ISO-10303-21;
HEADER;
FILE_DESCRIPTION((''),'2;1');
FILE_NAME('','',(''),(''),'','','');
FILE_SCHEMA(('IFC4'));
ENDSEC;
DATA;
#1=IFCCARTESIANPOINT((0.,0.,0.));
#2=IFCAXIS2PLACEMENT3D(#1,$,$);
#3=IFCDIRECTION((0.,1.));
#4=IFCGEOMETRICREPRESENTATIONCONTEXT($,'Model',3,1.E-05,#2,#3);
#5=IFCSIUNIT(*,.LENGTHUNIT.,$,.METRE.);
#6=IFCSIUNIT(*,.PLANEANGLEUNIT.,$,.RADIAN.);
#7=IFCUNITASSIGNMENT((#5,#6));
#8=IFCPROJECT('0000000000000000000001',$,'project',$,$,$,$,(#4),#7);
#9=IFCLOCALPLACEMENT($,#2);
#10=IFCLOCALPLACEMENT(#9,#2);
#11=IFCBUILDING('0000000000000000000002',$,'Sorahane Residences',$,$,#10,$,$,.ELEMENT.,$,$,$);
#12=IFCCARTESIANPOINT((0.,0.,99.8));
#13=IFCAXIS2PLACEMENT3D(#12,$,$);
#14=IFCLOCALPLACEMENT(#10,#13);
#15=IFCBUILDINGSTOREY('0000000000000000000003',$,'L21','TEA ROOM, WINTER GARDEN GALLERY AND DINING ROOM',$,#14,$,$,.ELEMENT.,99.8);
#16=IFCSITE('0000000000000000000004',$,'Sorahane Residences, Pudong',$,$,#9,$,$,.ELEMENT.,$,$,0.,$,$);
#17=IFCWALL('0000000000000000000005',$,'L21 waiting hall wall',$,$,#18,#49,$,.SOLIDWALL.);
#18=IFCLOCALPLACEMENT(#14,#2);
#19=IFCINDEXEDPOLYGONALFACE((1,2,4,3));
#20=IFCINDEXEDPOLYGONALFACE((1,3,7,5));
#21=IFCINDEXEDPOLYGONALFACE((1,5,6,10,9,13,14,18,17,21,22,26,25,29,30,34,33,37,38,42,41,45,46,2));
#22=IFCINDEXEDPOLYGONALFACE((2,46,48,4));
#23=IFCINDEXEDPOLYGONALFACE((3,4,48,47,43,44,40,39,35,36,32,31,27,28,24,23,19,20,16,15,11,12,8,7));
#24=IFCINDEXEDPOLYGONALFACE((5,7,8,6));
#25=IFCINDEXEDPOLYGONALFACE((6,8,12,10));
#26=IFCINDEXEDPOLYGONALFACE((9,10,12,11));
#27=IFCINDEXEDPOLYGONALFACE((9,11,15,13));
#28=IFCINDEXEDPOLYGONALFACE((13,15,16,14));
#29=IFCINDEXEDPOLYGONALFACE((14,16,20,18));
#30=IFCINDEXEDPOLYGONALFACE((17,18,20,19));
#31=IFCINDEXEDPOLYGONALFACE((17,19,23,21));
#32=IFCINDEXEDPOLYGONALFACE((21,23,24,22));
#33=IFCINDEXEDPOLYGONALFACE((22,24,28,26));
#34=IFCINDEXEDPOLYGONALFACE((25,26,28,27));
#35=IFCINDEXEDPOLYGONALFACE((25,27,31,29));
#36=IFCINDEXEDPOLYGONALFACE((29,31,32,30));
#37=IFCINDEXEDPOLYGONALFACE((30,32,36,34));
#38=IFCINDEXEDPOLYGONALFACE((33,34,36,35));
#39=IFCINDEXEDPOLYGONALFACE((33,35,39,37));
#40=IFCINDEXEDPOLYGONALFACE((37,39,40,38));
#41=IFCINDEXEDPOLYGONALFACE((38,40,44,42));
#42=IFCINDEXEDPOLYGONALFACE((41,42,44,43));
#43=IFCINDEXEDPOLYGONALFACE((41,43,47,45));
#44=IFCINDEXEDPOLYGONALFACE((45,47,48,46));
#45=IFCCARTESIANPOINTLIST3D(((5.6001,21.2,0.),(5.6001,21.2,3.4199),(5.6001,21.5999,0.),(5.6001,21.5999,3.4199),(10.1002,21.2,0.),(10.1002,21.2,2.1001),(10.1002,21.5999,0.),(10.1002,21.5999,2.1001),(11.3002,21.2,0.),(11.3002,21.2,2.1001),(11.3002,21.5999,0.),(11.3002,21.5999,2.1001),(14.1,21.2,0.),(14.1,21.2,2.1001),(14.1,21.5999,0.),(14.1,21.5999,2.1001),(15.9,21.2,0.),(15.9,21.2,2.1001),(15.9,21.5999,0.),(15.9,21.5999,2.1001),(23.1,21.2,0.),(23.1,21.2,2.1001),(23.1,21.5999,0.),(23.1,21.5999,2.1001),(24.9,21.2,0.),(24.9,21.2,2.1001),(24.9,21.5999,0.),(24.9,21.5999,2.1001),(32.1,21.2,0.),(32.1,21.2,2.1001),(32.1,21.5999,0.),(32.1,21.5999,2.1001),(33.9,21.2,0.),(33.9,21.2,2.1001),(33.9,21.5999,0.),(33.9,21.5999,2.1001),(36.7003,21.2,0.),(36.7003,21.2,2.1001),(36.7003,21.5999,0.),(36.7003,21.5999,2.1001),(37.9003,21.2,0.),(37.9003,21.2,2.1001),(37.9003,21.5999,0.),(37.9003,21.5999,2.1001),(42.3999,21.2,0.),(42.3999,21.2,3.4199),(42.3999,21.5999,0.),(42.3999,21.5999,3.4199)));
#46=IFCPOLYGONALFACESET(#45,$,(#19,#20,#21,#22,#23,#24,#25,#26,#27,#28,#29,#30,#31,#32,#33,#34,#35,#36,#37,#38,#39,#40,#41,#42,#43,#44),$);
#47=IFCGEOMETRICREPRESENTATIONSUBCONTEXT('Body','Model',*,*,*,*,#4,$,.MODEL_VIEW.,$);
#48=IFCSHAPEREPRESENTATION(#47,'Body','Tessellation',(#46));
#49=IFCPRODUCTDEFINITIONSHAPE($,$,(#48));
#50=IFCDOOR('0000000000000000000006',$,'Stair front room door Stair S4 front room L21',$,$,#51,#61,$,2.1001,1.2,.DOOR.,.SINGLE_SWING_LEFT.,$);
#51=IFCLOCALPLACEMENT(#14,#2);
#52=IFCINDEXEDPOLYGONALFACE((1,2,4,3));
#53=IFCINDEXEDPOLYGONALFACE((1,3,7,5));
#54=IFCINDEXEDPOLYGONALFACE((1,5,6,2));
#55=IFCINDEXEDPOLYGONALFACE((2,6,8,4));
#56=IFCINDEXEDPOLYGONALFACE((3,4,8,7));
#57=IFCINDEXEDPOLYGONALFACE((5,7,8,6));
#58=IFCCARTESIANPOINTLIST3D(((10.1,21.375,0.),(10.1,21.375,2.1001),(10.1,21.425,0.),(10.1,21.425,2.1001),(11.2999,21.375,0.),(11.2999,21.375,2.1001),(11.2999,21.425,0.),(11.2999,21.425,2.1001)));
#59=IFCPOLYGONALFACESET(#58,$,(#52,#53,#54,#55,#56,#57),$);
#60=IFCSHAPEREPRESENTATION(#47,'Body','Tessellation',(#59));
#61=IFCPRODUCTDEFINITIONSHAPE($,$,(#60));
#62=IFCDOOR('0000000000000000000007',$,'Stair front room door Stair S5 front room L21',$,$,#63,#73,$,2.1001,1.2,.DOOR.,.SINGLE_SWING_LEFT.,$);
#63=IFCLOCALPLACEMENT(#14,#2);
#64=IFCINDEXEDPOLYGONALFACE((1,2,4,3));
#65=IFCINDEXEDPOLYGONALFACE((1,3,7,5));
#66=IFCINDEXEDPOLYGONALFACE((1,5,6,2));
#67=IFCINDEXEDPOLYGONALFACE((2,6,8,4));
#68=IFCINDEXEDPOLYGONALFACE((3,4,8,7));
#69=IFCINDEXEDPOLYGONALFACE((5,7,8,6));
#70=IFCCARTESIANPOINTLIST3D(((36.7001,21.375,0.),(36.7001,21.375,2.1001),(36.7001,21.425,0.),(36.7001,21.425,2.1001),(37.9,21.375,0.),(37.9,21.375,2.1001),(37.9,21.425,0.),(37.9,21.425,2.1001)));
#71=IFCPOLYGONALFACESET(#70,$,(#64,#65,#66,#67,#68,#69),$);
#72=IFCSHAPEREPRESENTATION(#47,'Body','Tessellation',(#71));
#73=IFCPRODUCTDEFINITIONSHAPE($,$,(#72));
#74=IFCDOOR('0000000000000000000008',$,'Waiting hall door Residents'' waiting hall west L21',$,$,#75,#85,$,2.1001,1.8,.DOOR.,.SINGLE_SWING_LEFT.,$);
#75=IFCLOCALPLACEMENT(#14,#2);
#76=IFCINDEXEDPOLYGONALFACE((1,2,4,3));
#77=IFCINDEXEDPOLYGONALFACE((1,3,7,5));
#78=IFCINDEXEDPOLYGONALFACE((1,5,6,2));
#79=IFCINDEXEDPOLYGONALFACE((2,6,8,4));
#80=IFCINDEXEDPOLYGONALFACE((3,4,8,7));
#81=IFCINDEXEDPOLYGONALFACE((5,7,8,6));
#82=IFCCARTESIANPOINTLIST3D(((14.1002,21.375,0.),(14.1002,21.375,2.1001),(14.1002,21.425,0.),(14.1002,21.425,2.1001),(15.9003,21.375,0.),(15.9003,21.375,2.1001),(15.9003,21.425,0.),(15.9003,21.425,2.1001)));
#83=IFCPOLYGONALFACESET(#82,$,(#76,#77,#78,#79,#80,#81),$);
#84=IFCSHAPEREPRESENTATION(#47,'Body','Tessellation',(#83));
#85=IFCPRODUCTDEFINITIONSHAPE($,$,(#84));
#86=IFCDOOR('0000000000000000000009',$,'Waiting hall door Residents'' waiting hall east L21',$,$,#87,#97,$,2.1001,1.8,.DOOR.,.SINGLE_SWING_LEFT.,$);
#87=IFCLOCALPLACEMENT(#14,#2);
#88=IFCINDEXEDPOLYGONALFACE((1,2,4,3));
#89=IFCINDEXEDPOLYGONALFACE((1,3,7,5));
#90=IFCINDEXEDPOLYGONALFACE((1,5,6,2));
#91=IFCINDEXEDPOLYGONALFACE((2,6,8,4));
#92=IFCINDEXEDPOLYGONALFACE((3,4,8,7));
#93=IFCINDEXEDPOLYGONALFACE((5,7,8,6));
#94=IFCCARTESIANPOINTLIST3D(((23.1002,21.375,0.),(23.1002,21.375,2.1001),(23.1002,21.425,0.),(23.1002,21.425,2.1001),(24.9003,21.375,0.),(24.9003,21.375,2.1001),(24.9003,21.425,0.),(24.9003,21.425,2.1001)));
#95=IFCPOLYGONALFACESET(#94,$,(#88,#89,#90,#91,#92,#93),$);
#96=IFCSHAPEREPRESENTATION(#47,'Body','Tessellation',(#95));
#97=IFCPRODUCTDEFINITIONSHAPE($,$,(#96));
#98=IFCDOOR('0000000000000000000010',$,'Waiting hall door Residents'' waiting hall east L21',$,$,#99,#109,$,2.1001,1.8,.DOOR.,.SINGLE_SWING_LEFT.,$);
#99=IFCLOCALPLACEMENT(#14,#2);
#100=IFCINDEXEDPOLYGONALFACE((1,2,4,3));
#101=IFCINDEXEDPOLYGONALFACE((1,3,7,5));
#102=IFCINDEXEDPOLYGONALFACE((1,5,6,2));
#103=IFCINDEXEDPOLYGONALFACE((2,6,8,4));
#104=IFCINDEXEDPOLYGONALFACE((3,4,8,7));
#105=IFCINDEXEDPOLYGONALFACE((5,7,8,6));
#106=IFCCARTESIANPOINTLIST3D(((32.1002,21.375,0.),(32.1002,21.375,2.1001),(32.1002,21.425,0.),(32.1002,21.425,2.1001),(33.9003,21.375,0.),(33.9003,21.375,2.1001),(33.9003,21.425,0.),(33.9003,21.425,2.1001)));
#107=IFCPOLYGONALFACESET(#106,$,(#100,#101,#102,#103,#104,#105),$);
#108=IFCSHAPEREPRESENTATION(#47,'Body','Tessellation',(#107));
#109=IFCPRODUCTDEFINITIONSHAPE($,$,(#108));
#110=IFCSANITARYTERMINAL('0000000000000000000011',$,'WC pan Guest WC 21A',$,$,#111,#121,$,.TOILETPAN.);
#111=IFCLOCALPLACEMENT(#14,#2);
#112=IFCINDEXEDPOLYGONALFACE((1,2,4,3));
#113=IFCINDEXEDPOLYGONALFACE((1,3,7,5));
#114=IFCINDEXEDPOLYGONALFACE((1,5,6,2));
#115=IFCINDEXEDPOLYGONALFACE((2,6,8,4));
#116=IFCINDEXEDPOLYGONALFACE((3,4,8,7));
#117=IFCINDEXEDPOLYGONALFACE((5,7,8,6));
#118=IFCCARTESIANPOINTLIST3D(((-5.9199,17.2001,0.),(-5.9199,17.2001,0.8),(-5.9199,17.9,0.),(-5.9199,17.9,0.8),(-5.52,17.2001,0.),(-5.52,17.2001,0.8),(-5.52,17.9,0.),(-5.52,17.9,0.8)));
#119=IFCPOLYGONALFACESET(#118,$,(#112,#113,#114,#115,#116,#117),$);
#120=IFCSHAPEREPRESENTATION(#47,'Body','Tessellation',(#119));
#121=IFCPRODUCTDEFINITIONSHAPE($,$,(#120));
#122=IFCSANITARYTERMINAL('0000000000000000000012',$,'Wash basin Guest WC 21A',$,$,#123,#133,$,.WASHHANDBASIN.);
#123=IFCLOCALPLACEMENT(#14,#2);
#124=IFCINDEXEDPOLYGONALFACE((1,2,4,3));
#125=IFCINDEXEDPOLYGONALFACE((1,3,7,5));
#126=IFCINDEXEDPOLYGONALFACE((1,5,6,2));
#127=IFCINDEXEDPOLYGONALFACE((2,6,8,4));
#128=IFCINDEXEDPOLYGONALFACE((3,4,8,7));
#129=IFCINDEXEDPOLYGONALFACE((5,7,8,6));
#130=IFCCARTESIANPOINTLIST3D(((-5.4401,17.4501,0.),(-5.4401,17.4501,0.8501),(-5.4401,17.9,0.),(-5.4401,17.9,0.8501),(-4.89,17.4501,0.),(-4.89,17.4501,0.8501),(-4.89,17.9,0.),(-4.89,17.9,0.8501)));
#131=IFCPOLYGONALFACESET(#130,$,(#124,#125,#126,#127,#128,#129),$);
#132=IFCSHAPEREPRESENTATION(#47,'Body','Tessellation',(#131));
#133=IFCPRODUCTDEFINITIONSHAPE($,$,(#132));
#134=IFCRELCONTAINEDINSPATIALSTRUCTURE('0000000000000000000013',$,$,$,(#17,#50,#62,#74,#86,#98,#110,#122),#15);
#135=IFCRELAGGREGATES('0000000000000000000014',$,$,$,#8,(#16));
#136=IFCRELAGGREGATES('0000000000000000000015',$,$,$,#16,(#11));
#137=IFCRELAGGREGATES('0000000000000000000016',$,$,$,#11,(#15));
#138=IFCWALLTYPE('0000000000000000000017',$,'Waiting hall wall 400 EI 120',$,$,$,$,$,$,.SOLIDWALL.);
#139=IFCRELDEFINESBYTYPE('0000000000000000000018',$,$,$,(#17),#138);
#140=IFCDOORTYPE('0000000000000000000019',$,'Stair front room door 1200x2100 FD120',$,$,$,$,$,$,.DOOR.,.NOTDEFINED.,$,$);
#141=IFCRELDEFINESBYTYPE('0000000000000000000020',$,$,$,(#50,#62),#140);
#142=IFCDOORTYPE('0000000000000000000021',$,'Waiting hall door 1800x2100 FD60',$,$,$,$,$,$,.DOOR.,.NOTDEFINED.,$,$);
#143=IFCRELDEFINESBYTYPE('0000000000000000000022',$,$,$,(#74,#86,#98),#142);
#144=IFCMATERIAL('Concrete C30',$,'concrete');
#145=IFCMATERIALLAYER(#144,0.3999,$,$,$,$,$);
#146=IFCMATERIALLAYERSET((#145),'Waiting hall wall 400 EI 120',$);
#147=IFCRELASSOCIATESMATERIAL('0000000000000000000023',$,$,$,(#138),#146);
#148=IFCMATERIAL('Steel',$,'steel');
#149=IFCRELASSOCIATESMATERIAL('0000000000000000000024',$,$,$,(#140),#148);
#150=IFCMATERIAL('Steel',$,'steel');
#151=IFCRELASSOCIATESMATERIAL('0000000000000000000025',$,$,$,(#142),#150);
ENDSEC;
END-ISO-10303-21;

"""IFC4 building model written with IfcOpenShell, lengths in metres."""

from ifc_helpers import new_model, si_unit, direction, frame, frame_2d, origin, origin_2d, place, context, subcontext, project, spatial, rectangle, extrude, material, layer, layer_set, type_object, element, fill, save


model = new_model("IFC4")

# Units and contexts
model_context = context("Model", 3, precision=1e-05, world=origin(), true_north=direction((0.0, 1.0)))
body_context = subcontext(model_context, "Body", "Model", "MODEL_VIEW")
ifc_project = project(units=[si_unit("LENGTHUNIT", "METRE"), si_unit("PLANEANGLEUNIT", "RADIAN")], contexts=[model_context])

# Site, building, storey
site_placement = place(None, origin())
site = spatial("IfcSite", under=ifc_project, at=site_placement, Name="Sorahane Residences, Pudong", CompositionType="ELEMENT", RefElevation=0.0)
building_placement = place(site_placement, origin())
building = spatial("IfcBuilding", under=site, at=building_placement, Name="Sorahane Residences", CompositionType="ELEMENT")
storey_placement = place(building_placement, frame((0.0, 0.0, 99.8)))
storey = spatial("IfcBuildingStorey", under=building, at=storey_placement, Name="L21", Description="TEA ROOM, WINTER GARDEN GALLERY AND DINING ROOM", CompositionType="ELEMENT", Elevation=99.8)

# Wall, openings, doors
ifc_material_1 = material(Name="Concrete C30", Category="concrete")
ifc_layer_1 = layer(ifc_material_1, 0.3999)
ifc_layer_set_1 = layer_set([ifc_layer_1], Name="Waiting hall wall 400 EI 120")
wall_type_1 = type_object("IfcWallType", Name="Waiting hall wall 400 EI 120", PredefinedType="SOLIDWALL", material=ifc_layer_set_1)
wall_1_placement = place(storey_placement, frame((5.6001, 21.3999, 0.0), z_axis=(0.0, 0.0, 1.0), x_axis=(1.0, 0.0, 0.0)))
wall_1 = element("IfcWall", 1, at=wall_1_placement, inside=storey, type_object=wall_type_1, Name="L21 waiting hall wall", PredefinedType="SOLIDWALL", context=body_context, shape_type="SweptSolid", body=[
    extrude(rectangle(XDim=36.7998, YDim=0.3999, at=frame_2d((18.3999, 0.0))), origin(), (0.0, 0.0, 1.0), 3.4199),
])
opening_1_placement = place(wall_1_placement, frame((8.5, 0.0, 0.0)))
opening_1 = element("IfcOpeningElement", 2, at=opening_1_placement, cuts=wall_1, PredefinedType="OPENING", context=body_context, shape_type="SweptSolid", body=[
    extrude(rectangle(XDim=1.8, YDim=2.1001, at=frame_2d((0.8999, 1.05))), frame((0.0, 0.21, 0.0), z_axis=(0.0, -1.0, 0.0), x_axis=(1.0, 0.0, 0.0)), (0.0, 0.0, 1.0), 0.4199),
])
opening_2_placement = place(wall_1_placement, frame((17.5, 0.0, 0.0)))
opening_2 = element("IfcOpeningElement", 3, at=opening_2_placement, cuts=wall_1, PredefinedType="OPENING", context=body_context, shape_type="SweptSolid", body=[
    extrude(rectangle(XDim=1.8, YDim=2.1001, at=frame_2d((0.8999, 1.05))), frame((0.0, 0.21, 0.0), z_axis=(0.0, -1.0, 0.0), x_axis=(1.0, 0.0, 0.0)), (0.0, 0.0, 1.0), 0.4199),
])
opening_3_placement = place(wall_1_placement, frame((26.5, 0.0, 0.0)))
opening_3 = element("IfcOpeningElement", 4, at=opening_3_placement, cuts=wall_1, PredefinedType="OPENING", context=body_context, shape_type="SweptSolid", body=[
    extrude(rectangle(XDim=1.8, YDim=2.1001, at=frame_2d((0.8999, 1.05))), frame((0.0, 0.21, 0.0), z_axis=(0.0, -1.0, 0.0), x_axis=(1.0, 0.0, 0.0)), (0.0, 0.0, 1.0), 0.4199),
])
opening_4_placement = place(wall_1_placement, frame((4.5, 0.0, 0.0)))
opening_4 = element("IfcOpeningElement", 5, at=opening_4_placement, cuts=wall_1, PredefinedType="OPENING", context=body_context, shape_type="SweptSolid", body=[
    extrude(rectangle(XDim=1.2, YDim=2.1001, at=frame_2d((0.6001, 1.05))), frame((0.0, 0.21, 0.0), z_axis=(0.0, -1.0, 0.0), x_axis=(1.0, 0.0, 0.0)), (0.0, 0.0, 1.0), 0.4199),
])
opening_5_placement = place(wall_1_placement, frame((31.1001, 0.0, 0.0)))
opening_5 = element("IfcOpeningElement", 6, at=opening_5_placement, cuts=wall_1, PredefinedType="OPENING", context=body_context, shape_type="SweptSolid", body=[
    extrude(rectangle(XDim=1.2, YDim=2.1001, at=frame_2d((0.6001, 1.05))), frame((0.0, 0.21, 0.0), z_axis=(0.0, -1.0, 0.0), x_axis=(1.0, 0.0, 0.0)), (0.0, 0.0, 1.0), 0.4199),
])
ifc_material_2 = material(Name="Steel", Category="steel")
door_type_1 = type_object("IfcDoorType", Name="Stair front room door 1200x2100 FD120", OperationType="NOTDEFINED", PredefinedType="DOOR", material=ifc_material_2)
door_1_placement = place(opening_4_placement, frame((1.2, 0.0, 0.0), z_axis=(0.0, 0.0, 1.0), x_axis=(-1.0, 0.0, 0.0)))
door_1 = element("IfcDoor", 7, at=door_1_placement, inside=storey, type_object=door_type_1, Name="Stair front room door Stair S4 front room L21", OperationType="SINGLE_SWING_LEFT", OverallHeight=2.1001, OverallWidth=1.2, PredefinedType="DOOR", context=body_context, shape_type="SweptSolid", body=[
    extrude(rectangle(XDim=1.2, YDim=2.1001, at=frame_2d((0.6001, 1.05))), frame((0.0, 0.0249, 0.0), z_axis=(0.0, -1.0, 0.0), x_axis=(1.0, 0.0, 0.0)), (0.0, 0.0, 1.0), 0.05),
])
fill(opening_4, door_1)
door_2_placement = place(opening_5_placement, frame((1.2, 0.0, 0.0), z_axis=(0.0, 0.0, 1.0), x_axis=(-1.0, 0.0, 0.0)))
door_2 = element("IfcDoor", 8, at=door_2_placement, inside=storey, type_object=door_type_1, Name="Stair front room door Stair S5 front room L21", OperationType="SINGLE_SWING_LEFT", OverallHeight=2.1001, OverallWidth=1.2, PredefinedType="DOOR", context=body_context, shape_type="SweptSolid", body=[
    extrude(rectangle(XDim=1.2, YDim=2.1001, at=frame_2d((0.6001, 1.05))), frame((0.0, 0.0249, 0.0), z_axis=(0.0, -1.0, 0.0), x_axis=(1.0, 0.0, 0.0)), (0.0, 0.0, 1.0), 0.05),
])
fill(opening_5, door_2)
ifc_material_3 = material(Name="Steel", Category="steel")
door_type_2 = type_object("IfcDoorType", Name="Waiting hall door 1800x2100 FD60", OperationType="NOTDEFINED", PredefinedType="DOOR", material=ifc_material_3)
door_3_placement = place(opening_1_placement, frame((1.8, 0.0, 0.0), z_axis=(0.0, 0.0, 1.0), x_axis=(-1.0, 0.0, 0.0)))
door_3 = element("IfcDoor", 9, at=door_3_placement, inside=storey, type_object=door_type_2, Name="Waiting hall door Residents' waiting hall west L21", OperationType="SINGLE_SWING_LEFT", OverallHeight=2.1001, OverallWidth=1.8, PredefinedType="DOOR", context=body_context, shape_type="SweptSolid", body=[
    extrude(rectangle(XDim=1.8, YDim=2.1001, at=frame_2d((0.8999, 1.05))), frame((0.0, 0.0249, 0.0), z_axis=(0.0, -1.0, 0.0), x_axis=(1.0, 0.0, 0.0)), (0.0, 0.0, 1.0), 0.05),
])
fill(opening_1, door_3)
door_4_placement = place(opening_2_placement, frame((1.8, 0.0, 0.0), z_axis=(0.0, 0.0, 1.0), x_axis=(-1.0, 0.0, 0.0)))
door_4 = element("IfcDoor", 10, at=door_4_placement, inside=storey, type_object=door_type_2, Name="Waiting hall door Residents' waiting hall east L21", OperationType="SINGLE_SWING_LEFT", OverallHeight=2.1001, OverallWidth=1.8, PredefinedType="DOOR", context=body_context, shape_type="SweptSolid", body=[
    extrude(rectangle(XDim=1.8, YDim=2.1001, at=frame_2d((0.8999, 1.05))), frame((0.0, 0.0249, 0.0), z_axis=(0.0, -1.0, 0.0), x_axis=(1.0, 0.0, 0.0)), (0.0, 0.0, 1.0), 0.05),
])
fill(opening_2, door_4)
door_5_placement = place(opening_3_placement, frame((1.8, 0.0, 0.0), z_axis=(0.0, 0.0, 1.0), x_axis=(-1.0, 0.0, 0.0)))
door_5 = element("IfcDoor", 11, at=door_5_placement, inside=storey, type_object=door_type_2, Name="Waiting hall door Residents' waiting hall east L21", OperationType="SINGLE_SWING_LEFT", OverallHeight=2.1001, OverallWidth=1.8, PredefinedType="DOOR", context=body_context, shape_type="SweptSolid", body=[
    extrude(rectangle(XDim=1.8, YDim=2.1001, at=frame_2d((0.8999, 1.05))), frame((0.0, 0.0249, 0.0), z_axis=(0.0, -1.0, 0.0), x_axis=(1.0, 0.0, 0.0)), (0.0, 0.0, 1.0), 0.05),
])
fill(opening_3, door_5)

# Sanitary terminals
sanitary_terminal_1_placement = place(storey_placement, frame((-5.72, 17.55, 0.0), z_axis=(0.0, 0.0, 1.0), x_axis=(1.0, 0.0, 0.0)))
element("IfcSanitaryTerminal", 12, at=sanitary_terminal_1_placement, inside=storey, Name="WC pan Guest WC 21A", PredefinedType="TOILETPAN", context=body_context, shape_type="SweptSolid", body=[
    extrude(rectangle(XDim=0.3999, YDim=0.7, at=origin_2d()), origin(), (0.0, 0.0, 1.0), 0.8),
])
sanitary_terminal_2_placement = place(storey_placement, frame((-5.165, 17.675, 0.0), z_axis=(0.0, 0.0, 1.0), x_axis=(1.0, 0.0, 0.0)))
element("IfcSanitaryTerminal", 13, at=sanitary_terminal_2_placement, inside=storey, Name="Wash basin Guest WC 21A", PredefinedType="WASHHANDBASIN", context=body_context, shape_type="SweptSolid", body=[
    extrude(rectangle(XDim=0.55, YDim=0.45, at=origin_2d()), origin(), (0.0, 0.0, 1.0), 0.8501),
])

save(model, "model.ifc")
